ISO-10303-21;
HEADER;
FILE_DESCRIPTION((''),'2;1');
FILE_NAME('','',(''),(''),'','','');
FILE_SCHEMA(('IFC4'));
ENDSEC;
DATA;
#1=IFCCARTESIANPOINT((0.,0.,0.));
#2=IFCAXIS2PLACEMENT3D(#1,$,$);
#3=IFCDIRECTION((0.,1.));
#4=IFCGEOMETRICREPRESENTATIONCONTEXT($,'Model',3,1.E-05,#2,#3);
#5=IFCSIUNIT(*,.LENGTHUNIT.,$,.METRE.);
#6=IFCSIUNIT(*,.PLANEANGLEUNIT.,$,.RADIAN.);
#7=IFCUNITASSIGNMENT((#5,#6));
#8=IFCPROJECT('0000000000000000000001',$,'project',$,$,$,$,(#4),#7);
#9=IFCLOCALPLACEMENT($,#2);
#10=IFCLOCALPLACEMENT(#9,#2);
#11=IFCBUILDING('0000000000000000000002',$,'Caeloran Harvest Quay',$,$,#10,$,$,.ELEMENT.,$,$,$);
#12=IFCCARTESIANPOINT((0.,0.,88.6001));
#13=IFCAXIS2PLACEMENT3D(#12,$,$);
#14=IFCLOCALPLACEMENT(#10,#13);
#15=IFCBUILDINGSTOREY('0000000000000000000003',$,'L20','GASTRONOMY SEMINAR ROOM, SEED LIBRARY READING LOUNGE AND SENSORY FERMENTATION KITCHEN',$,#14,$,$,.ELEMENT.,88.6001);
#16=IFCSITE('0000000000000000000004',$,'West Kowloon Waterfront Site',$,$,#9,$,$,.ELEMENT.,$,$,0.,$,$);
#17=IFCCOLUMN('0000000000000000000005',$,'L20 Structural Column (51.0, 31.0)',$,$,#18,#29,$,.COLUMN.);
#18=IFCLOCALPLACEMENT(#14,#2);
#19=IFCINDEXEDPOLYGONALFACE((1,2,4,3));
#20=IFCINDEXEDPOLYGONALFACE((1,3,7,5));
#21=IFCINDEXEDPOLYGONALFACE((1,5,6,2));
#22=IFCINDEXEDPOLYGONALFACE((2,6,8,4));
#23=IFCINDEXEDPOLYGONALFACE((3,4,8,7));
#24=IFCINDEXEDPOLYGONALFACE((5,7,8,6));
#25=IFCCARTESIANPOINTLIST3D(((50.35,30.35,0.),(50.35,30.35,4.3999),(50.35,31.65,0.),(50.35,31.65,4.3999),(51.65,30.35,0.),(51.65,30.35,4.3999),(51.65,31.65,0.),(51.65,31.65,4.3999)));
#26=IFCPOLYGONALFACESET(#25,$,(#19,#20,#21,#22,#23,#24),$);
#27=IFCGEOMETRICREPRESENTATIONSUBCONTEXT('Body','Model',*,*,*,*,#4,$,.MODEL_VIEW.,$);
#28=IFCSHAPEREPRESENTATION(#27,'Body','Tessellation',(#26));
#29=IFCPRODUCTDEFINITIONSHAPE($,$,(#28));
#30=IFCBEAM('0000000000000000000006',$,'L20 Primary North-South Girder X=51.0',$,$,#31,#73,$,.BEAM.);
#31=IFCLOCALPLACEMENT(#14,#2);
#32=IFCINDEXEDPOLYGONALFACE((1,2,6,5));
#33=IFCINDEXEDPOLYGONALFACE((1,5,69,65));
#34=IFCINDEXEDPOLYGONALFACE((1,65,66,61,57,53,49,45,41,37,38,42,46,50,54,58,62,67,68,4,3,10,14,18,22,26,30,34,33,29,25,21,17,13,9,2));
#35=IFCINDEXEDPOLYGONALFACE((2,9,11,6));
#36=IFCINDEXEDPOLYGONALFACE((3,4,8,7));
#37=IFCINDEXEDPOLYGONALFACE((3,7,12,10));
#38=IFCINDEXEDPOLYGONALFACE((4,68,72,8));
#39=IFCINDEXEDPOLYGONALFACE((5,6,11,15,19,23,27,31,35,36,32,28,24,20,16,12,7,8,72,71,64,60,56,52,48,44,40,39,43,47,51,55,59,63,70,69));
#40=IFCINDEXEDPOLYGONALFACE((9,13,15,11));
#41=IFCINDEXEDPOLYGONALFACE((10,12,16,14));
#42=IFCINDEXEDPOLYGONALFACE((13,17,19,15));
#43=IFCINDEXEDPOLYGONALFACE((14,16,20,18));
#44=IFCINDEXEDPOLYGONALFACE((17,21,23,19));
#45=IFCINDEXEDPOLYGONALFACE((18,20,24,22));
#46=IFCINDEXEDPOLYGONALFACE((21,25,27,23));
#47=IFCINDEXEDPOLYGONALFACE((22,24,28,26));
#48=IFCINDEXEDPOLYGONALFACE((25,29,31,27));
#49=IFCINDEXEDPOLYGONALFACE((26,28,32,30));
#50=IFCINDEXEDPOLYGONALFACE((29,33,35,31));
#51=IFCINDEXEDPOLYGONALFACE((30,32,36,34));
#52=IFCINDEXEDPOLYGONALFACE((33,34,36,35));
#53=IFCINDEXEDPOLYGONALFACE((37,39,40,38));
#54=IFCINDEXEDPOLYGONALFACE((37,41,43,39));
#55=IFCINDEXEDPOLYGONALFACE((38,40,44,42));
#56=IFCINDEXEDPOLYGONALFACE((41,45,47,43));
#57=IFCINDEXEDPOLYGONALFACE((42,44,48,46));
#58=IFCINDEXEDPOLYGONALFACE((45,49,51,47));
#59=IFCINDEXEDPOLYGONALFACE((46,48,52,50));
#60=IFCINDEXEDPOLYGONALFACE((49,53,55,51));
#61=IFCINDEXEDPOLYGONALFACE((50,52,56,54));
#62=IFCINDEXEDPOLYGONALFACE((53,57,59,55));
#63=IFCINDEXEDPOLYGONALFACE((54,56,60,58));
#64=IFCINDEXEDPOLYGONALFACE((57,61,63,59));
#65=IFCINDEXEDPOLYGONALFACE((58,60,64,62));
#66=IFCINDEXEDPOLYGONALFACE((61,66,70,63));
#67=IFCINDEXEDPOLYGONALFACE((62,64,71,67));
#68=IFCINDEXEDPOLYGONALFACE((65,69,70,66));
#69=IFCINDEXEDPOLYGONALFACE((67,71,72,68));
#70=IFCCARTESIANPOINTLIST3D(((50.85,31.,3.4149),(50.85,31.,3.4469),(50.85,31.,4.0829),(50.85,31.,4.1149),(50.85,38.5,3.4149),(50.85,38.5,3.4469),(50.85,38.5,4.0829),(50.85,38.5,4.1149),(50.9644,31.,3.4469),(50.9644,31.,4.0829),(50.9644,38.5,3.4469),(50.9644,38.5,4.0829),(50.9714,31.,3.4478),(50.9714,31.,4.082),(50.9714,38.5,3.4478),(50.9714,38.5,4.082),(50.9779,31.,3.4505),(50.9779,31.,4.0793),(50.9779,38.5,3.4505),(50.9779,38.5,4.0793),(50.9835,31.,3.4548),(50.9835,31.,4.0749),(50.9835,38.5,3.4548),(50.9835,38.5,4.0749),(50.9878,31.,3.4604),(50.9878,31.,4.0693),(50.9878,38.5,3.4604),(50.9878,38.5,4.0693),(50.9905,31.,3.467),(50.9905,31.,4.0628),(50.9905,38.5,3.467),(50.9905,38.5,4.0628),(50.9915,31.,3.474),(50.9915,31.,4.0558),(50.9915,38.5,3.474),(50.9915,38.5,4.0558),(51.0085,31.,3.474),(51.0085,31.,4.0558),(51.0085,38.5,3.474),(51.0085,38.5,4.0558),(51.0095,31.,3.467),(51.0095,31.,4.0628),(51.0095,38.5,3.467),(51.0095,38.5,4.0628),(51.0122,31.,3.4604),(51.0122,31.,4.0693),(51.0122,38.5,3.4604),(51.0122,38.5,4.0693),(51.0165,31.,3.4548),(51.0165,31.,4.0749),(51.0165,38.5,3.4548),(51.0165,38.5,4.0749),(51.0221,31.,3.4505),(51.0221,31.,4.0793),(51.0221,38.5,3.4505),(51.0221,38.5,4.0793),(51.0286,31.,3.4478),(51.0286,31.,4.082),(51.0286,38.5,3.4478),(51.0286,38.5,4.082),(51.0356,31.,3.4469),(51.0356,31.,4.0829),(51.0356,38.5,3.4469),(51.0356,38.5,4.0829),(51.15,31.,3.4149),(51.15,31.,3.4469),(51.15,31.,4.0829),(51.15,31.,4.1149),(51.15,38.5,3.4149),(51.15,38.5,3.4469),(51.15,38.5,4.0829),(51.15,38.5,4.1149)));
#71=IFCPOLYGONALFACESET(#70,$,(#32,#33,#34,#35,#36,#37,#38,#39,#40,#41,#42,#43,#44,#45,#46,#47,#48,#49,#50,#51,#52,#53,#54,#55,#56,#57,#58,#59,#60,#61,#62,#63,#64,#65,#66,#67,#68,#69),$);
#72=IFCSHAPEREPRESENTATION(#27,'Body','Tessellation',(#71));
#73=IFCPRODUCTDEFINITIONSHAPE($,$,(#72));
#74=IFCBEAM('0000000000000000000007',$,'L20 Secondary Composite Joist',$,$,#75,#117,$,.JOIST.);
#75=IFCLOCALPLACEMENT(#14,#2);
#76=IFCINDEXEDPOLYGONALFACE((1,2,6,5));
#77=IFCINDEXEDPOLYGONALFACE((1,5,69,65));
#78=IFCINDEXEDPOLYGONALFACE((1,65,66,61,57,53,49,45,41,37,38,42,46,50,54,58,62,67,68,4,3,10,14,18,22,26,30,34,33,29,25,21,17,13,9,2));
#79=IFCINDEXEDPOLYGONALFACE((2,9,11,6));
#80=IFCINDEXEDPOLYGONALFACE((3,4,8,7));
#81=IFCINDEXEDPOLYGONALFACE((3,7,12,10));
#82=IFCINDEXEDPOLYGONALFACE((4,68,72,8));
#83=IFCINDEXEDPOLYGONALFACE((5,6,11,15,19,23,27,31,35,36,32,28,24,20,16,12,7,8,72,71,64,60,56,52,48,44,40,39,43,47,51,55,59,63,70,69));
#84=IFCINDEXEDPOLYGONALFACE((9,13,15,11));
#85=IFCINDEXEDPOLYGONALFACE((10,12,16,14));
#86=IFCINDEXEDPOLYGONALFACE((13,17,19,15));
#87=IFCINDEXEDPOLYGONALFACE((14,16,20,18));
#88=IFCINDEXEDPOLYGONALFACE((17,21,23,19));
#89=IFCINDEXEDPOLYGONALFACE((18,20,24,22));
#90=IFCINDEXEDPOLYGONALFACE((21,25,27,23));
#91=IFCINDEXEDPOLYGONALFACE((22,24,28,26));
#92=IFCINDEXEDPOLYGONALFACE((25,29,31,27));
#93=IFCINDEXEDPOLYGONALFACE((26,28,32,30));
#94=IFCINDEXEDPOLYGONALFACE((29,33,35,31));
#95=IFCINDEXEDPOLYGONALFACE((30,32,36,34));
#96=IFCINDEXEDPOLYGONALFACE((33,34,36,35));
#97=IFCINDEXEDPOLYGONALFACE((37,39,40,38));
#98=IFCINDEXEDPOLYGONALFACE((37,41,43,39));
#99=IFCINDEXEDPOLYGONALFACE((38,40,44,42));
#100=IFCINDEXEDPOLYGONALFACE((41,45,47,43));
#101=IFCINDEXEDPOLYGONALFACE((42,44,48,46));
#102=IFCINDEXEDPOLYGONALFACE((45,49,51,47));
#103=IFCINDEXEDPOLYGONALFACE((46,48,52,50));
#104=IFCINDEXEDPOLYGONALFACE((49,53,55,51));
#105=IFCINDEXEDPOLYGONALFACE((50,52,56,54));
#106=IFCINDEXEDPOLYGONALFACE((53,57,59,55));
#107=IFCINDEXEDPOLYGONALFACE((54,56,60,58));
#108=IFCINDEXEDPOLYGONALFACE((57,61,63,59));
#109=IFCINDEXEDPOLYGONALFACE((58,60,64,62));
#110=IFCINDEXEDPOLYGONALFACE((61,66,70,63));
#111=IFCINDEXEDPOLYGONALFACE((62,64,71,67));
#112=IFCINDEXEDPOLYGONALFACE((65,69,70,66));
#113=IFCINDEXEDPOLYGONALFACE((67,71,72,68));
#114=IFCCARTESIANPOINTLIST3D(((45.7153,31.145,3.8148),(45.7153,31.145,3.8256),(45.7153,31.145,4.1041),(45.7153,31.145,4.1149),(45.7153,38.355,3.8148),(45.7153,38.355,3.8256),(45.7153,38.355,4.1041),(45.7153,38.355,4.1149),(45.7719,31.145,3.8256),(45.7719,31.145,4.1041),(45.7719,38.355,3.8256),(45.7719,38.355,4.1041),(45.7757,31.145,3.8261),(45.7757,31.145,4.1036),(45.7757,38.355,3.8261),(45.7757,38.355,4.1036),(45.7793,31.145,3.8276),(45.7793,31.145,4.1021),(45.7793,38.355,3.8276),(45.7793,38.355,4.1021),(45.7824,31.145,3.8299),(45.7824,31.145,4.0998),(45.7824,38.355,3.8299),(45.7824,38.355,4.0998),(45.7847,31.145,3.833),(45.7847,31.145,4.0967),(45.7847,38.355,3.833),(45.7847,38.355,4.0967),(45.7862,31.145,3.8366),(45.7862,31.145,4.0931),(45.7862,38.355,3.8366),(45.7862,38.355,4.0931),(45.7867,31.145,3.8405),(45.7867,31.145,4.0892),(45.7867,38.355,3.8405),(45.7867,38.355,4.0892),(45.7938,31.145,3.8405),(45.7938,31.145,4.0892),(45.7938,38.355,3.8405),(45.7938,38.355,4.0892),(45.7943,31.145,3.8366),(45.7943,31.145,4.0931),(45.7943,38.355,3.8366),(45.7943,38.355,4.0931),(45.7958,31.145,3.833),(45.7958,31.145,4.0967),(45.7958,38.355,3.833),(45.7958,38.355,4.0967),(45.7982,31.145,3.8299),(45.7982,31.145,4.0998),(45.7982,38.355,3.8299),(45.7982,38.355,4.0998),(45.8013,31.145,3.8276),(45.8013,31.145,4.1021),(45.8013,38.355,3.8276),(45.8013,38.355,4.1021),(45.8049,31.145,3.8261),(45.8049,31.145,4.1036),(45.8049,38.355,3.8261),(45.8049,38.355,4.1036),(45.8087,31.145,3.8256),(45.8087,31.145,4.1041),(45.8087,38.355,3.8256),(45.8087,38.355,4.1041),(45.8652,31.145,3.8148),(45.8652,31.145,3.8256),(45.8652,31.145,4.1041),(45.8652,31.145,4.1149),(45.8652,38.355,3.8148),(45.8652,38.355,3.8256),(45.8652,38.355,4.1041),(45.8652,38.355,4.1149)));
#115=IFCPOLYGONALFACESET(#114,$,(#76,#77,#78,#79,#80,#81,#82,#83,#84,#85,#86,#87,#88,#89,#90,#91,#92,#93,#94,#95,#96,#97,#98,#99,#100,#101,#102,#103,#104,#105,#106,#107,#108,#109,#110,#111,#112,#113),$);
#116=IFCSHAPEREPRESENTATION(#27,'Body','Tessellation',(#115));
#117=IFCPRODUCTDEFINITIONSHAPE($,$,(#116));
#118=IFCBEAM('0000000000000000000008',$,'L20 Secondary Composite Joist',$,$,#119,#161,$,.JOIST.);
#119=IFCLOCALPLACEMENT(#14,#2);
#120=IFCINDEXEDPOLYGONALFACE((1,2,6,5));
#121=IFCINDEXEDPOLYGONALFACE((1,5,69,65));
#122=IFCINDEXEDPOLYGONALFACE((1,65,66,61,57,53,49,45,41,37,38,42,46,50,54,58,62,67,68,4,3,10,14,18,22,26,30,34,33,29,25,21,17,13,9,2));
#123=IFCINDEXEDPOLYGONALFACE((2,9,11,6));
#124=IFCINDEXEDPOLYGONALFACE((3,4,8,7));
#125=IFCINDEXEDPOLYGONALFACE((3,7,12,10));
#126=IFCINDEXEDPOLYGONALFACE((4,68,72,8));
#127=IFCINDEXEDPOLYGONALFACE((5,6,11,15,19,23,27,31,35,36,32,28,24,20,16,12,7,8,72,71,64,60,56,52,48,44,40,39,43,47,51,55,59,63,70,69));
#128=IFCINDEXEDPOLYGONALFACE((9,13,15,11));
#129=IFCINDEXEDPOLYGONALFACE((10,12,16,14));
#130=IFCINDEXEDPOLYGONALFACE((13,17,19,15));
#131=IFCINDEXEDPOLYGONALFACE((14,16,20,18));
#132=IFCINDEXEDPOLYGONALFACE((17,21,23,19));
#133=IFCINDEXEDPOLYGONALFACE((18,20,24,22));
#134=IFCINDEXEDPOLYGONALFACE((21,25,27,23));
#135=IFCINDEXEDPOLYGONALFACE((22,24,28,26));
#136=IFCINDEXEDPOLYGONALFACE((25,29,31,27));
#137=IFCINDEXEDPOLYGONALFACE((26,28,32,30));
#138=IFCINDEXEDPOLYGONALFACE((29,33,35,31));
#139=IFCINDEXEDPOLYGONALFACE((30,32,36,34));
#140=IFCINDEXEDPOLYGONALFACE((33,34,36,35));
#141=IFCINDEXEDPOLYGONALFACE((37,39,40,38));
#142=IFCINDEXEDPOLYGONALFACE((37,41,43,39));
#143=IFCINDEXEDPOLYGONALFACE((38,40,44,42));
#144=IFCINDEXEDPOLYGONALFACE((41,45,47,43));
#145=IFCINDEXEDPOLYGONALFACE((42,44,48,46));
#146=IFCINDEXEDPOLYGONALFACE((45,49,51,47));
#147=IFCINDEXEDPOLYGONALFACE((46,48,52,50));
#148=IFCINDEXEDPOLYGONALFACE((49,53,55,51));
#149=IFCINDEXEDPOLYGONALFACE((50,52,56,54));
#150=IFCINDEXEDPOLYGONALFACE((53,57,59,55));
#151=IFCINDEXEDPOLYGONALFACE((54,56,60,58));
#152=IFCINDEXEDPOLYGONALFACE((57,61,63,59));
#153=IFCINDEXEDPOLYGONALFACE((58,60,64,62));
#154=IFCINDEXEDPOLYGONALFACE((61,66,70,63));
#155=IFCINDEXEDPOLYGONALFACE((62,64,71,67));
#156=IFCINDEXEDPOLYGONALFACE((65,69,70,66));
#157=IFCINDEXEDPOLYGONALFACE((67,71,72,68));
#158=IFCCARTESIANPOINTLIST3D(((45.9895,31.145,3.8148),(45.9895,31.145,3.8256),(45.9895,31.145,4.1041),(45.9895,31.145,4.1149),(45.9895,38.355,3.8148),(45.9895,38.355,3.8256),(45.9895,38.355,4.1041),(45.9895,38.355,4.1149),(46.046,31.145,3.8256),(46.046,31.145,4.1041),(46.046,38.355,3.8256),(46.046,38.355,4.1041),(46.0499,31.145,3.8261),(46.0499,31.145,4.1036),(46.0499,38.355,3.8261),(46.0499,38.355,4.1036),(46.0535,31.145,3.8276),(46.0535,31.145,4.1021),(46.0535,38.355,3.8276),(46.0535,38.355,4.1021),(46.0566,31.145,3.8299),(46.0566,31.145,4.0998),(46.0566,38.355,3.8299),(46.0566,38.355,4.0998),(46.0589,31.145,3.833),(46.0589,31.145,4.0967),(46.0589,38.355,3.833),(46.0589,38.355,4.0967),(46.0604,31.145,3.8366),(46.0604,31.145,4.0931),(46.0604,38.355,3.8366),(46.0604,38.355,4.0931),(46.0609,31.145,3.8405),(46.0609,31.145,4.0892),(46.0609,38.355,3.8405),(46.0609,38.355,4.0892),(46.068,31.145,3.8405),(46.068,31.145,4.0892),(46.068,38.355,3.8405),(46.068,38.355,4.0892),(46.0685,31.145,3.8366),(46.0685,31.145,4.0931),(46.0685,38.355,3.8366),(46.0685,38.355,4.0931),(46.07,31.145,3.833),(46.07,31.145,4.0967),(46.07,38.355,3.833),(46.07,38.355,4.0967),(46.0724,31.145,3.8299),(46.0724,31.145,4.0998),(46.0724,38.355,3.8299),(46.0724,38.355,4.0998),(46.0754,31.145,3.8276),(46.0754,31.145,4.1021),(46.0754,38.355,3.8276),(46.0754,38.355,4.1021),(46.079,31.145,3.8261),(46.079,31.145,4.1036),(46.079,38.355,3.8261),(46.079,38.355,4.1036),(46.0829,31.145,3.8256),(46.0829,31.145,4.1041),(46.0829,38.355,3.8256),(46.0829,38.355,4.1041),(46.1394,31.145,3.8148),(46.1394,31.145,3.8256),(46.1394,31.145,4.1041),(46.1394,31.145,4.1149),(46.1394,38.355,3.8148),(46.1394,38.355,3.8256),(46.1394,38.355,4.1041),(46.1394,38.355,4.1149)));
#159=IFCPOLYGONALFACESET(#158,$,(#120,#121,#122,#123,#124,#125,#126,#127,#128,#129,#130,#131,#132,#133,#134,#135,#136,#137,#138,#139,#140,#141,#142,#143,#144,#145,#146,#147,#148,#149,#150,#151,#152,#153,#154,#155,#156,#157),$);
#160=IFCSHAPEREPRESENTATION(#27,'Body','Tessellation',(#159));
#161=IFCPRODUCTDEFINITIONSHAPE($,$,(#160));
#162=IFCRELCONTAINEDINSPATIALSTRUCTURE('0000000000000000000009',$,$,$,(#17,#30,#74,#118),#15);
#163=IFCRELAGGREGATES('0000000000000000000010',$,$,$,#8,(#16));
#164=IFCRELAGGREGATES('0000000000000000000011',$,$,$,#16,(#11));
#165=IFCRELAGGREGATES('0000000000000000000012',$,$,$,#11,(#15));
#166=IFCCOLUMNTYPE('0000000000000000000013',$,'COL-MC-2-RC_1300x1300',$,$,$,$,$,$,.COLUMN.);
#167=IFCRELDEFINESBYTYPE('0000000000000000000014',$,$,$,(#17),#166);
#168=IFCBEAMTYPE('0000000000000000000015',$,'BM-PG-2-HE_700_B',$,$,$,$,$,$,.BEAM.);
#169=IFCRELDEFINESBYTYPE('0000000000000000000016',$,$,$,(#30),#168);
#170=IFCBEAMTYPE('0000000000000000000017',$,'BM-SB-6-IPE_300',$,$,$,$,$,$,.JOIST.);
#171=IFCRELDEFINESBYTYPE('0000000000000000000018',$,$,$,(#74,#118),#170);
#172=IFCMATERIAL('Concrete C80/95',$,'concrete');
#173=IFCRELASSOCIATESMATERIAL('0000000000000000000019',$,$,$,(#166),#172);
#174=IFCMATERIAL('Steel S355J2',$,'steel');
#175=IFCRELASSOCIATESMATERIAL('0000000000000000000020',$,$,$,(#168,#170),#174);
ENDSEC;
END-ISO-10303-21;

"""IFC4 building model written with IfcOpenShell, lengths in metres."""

from ifc_helpers import new_model, si_unit, direction, frame, origin, origin_2d, place, context, subcontext, project, spatial, rectangle, i_section, extrude, material, material_profile, profile_set, type_object, element, save


model = new_model("IFC4")

# Units and contexts
model_context = context("Model", 3, precision=1e-05, world=origin(), true_north=direction((0.0, 1.0)))
body_context = subcontext(model_context, "Body", "Model", "MODEL_VIEW")
ifc_project = project(units=[si_unit("LENGTHUNIT", "METRE"), si_unit("PLANEANGLEUNIT", "RADIAN")], contexts=[model_context])

# Site, building, storey
site_placement = place(None, origin())
site = spatial("IfcSite", under=ifc_project, at=site_placement, Name="West Kowloon Waterfront Site", CompositionType="ELEMENT", RefElevation=0.0)
building_placement = place(site_placement, origin())
building = spatial("IfcBuilding", under=site, at=building_placement, Name="Caeloran Harvest Quay", CompositionType="ELEMENT")
storey_placement = place(building_placement, frame((0.0, 0.0, 88.6001)))
storey = spatial("IfcBuildingStorey", under=building, at=storey_placement, Name="L20", Description="GASTRONOMY SEMINAR ROOM, SEED LIBRARY READING LOUNGE AND SENSORY FERMENTATION KITCHEN", CompositionType="ELEMENT", Elevation=88.6001)

# Column
ifc_material_1 = material(Name="Concrete C80/95", Category="concrete")
ifc_material_profile_1 = material_profile(ifc_material_1, rectangle(XDim=1.3, YDim=1.3, at=origin_2d()), Name="RC 1300x1300")
ifc_profile_set_1 = profile_set([ifc_material_profile_1], Name="Concrete C80/95")
column_type = type_object("IfcColumnType", Name="COL-MC-2-RC_1300x1300", PredefinedType="COLUMN", material=ifc_profile_set_1)
column_placement = place(storey_placement, frame((51.0, 31.0, 0.0), z_axis=(0.0, 0.0, 1.0), x_axis=(1.0, 0.0, 0.0)))
element("IfcColumn", 1, at=column_placement, inside=storey, type_object=column_type, Name="L20 Structural Column (51.0, 31.0)", PredefinedType="COLUMN", context=body_context, shape_type="SweptSolid", body=[
    extrude(rectangle(XDim=1.3, YDim=1.3, at=origin_2d()), origin(), (0.0, 0.0, 1.0), 4.3999),
])

# Beams
ifc_material_2 = material(Name="Steel S355J2", Category="steel")
ifc_material_profile_2 = material_profile(ifc_material_2, i_section(OverallWidth=0.3, OverallDepth=0.7, WebThickness=0.0171, FlangeThickness=0.032, FilletRadius=0.0271, at=origin_2d()), Name="HE 700 B")
ifc_profile_set_2 = profile_set([ifc_material_profile_2], Name="Steel S355J2")
beam_type_1 = type_object("IfcBeamType", Name="BM-PG-2-HE_700_B", PredefinedType="BEAM", material=ifc_profile_set_2)
beam_placement = place(storey_placement, frame((51.0, 31.0, 3.7649), z_axis=(0.0, 1.0, 0.0), x_axis=(-1.0, 0.0, 0.0)))
element("IfcBeam", 2, at=beam_placement, inside=storey, type_object=beam_type_1, Name="L20 Primary North-South Girder X=51.0", PredefinedType="BEAM", context=body_context, shape_type="SweptSolid", body=[
    extrude(i_section(OverallWidth=0.3, OverallDepth=0.7, WebThickness=0.0171, FlangeThickness=0.032, FilletRadius=0.0271, at=origin_2d()), origin(), (0.0, 0.0, 1.0), 7.5),
])
ifc_material_profile_3 = material_profile(ifc_material_2, i_section(OverallWidth=0.1499, OverallDepth=0.3, WebThickness=0.0071, FlangeThickness=0.0107, FilletRadius=0.0149, at=origin_2d()), Name="IPE 300")
ifc_profile_set_3 = profile_set([ifc_material_profile_3], Name="Steel S355J2")
beam_type_2 = type_object("IfcBeamType", Name="BM-SB-6-IPE_300", PredefinedType="JOIST", material=ifc_profile_set_3)
for number, where, z_axis, x_axis, name in (
    (3, (45.7903, 31.145, 3.9648), (0.0, 1.0, 0.0), (-1.0, 0.0, 0.0), "L20 Secondary Composite Joist"),
    (4, (46.0645, 31.145, 3.9648), (0.0, 1.0, 0.0), (-1.0, 0.0, 0.0), "L20 Secondary Composite Joist"),
):
    element("IfcBeam", number, at=place(storey_placement, frame(where, z_axis=z_axis, x_axis=x_axis)), inside=storey, type_object=beam_type_2, Name=name, PredefinedType="JOIST", context=body_context, shape_type="SweptSolid", body=[
        extrude(i_section(OverallWidth=0.1499, OverallDepth=0.3, WebThickness=0.0071, FlangeThickness=0.0107, FilletRadius=0.0149, at=origin_2d()), origin(), (0.0, 0.0, 1.0), 7.21),
    ])

save(model, "model.ifc")
